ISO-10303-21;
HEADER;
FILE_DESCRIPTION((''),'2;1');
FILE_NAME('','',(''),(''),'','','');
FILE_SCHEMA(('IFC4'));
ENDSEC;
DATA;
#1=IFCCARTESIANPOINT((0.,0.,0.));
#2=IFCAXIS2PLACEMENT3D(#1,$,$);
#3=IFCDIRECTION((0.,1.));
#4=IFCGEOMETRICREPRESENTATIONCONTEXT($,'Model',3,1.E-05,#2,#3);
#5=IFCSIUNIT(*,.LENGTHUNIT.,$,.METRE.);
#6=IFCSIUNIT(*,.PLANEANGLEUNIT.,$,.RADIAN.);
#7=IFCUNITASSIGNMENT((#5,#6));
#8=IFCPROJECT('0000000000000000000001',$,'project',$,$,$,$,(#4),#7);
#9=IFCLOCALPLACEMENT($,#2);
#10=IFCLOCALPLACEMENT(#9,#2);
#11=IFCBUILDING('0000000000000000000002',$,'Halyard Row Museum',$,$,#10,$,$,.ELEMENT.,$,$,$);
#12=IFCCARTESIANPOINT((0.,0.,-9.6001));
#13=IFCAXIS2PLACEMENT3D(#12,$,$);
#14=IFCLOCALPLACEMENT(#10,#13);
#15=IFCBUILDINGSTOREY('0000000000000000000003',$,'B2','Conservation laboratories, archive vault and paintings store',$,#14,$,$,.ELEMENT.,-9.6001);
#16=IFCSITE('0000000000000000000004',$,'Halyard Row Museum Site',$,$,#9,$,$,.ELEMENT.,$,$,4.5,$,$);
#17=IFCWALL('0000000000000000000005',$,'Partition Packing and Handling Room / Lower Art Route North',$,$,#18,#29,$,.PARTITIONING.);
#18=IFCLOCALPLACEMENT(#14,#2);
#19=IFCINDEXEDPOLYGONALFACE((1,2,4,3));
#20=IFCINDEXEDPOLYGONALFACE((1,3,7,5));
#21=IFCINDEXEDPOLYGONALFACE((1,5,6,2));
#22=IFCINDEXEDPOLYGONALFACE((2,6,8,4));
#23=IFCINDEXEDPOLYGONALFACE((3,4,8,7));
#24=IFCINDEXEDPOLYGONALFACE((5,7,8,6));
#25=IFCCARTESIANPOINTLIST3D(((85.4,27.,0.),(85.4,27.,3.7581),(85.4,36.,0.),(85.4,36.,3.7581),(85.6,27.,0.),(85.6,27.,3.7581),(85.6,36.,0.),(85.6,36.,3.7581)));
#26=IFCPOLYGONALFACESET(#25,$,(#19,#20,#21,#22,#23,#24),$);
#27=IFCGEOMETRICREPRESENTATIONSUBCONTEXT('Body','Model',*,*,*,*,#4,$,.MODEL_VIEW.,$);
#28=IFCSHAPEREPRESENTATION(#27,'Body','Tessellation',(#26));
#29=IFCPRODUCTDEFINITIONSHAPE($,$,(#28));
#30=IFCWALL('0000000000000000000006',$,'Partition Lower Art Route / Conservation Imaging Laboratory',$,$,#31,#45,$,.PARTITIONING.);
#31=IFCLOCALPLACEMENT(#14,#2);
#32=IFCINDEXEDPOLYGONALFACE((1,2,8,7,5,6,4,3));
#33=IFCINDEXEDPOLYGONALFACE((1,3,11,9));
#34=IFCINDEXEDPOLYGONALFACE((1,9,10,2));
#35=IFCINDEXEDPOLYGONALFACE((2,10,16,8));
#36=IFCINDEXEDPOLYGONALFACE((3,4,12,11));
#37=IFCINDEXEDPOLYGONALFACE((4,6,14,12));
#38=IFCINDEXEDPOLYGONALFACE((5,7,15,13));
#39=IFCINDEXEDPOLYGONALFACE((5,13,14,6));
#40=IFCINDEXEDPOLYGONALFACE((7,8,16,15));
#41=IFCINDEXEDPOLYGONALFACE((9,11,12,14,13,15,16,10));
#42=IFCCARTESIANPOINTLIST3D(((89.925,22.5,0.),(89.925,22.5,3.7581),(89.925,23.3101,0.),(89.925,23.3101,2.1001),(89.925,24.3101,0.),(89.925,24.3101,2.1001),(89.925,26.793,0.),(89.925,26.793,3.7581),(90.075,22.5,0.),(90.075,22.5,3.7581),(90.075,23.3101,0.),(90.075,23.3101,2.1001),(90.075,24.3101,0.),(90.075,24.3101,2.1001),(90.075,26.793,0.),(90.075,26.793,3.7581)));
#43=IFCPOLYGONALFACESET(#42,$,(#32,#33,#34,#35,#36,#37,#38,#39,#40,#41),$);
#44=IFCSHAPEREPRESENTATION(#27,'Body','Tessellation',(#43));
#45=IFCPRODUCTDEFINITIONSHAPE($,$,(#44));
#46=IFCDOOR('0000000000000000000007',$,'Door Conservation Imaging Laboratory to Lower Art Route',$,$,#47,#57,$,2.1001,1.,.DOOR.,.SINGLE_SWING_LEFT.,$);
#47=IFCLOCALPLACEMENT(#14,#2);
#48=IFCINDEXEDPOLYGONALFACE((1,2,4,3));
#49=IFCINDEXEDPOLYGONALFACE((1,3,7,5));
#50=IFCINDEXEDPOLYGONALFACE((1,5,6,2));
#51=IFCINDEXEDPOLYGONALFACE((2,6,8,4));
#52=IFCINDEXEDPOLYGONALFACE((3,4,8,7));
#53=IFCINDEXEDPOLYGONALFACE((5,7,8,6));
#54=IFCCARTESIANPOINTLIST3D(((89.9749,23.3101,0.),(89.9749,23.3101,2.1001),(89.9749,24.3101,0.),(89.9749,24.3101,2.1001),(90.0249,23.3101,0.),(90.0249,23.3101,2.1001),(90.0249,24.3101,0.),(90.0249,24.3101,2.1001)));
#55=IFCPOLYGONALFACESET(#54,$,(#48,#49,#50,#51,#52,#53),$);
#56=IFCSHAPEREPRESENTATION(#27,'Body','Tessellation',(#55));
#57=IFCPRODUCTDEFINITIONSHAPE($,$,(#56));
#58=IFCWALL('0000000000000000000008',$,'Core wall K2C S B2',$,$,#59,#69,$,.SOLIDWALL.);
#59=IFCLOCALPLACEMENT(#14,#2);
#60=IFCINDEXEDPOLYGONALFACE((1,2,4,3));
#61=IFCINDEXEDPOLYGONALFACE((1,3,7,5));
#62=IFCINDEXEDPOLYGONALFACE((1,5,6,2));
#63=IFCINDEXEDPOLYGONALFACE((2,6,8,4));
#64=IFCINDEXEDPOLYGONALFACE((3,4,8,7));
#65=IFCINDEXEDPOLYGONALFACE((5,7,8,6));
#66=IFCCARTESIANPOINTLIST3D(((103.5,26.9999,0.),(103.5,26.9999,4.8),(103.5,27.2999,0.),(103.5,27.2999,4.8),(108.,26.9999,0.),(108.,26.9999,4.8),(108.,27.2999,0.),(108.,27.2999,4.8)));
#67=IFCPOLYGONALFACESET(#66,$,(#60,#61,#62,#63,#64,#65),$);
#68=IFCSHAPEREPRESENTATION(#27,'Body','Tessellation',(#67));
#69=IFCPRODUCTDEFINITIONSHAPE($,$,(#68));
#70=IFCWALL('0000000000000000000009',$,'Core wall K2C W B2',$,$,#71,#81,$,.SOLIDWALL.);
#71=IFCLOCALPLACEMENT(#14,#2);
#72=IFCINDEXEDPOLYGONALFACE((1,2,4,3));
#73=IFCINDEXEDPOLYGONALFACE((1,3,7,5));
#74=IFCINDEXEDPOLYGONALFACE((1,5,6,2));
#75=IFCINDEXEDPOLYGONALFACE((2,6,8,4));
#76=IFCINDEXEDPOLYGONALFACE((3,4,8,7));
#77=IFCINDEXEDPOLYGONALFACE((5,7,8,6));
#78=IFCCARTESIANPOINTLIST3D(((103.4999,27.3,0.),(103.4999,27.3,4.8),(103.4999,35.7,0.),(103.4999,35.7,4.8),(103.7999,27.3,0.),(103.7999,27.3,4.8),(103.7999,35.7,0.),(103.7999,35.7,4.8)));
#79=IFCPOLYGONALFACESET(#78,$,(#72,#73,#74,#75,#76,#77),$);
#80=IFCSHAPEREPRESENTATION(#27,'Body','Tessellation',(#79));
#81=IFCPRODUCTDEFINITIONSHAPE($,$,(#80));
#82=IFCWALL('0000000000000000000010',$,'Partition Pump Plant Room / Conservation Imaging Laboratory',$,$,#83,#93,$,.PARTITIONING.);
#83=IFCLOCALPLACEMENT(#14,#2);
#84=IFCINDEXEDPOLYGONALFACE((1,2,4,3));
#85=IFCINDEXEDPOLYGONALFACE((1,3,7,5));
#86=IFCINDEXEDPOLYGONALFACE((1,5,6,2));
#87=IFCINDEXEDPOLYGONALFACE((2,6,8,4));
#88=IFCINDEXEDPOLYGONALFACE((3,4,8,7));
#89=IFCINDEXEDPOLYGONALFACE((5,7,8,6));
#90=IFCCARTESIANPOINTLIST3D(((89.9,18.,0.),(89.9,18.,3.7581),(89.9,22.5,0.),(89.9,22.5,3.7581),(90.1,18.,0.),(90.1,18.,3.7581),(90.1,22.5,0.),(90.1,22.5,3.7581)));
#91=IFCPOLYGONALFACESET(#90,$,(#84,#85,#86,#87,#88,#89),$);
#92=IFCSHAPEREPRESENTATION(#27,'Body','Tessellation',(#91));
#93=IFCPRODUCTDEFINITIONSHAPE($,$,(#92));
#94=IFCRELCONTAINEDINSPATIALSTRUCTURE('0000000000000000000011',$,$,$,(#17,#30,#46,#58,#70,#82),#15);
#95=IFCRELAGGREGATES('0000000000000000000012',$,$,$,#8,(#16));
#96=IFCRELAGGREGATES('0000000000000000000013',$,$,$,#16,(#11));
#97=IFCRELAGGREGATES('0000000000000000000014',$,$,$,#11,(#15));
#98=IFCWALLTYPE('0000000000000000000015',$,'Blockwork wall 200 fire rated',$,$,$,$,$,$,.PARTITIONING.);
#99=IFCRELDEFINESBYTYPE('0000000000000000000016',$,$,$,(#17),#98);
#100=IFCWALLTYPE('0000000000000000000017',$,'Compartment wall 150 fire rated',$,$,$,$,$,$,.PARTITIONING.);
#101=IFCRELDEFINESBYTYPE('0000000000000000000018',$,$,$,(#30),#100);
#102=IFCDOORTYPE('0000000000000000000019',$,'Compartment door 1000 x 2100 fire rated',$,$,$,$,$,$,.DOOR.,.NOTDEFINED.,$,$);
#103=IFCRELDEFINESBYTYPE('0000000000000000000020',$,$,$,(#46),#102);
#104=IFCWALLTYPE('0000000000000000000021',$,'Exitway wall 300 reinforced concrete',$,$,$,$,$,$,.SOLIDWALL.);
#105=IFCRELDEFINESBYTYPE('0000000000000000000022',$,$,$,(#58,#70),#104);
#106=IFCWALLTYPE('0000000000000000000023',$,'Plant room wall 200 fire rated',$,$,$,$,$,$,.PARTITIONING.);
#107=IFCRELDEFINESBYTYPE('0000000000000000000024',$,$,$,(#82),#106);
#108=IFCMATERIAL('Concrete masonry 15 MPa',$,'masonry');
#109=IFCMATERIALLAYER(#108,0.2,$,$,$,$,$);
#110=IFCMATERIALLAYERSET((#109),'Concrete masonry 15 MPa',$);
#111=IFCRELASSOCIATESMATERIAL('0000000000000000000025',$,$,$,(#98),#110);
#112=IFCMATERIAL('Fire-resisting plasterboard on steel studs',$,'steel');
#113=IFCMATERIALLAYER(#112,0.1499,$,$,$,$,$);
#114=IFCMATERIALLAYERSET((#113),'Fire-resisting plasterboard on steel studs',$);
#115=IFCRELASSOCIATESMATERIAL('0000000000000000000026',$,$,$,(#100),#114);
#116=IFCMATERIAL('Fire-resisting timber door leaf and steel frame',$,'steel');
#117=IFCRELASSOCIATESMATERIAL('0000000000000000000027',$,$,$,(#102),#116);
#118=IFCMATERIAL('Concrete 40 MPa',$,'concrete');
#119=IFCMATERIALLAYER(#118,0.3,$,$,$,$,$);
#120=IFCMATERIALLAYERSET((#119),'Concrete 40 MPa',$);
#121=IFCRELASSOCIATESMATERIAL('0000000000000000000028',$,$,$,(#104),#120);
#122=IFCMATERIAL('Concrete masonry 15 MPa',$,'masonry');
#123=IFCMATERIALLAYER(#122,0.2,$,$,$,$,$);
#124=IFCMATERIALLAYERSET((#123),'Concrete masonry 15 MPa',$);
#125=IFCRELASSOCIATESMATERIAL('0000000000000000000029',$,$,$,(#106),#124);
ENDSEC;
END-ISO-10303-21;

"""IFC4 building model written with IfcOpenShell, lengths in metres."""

from ifc_helpers import new_model, si_unit, direction, frame, frame_2d, origin, place, context, subcontext, project, spatial, rectangle, extrude, material, layer, layer_set, type_object, element, fill, save


model = new_model("IFC4")

# Units and contexts
model_context = context("Model", 3, precision=1e-05, world=origin(), true_north=direction((0.0, 1.0)))
body_context = subcontext(model_context, "Body", "Model", "MODEL_VIEW")
ifc_project = project(units=[si_unit("LENGTHUNIT", "METRE"), si_unit("PLANEANGLEUNIT", "RADIAN")], contexts=[model_context])

# Site, building, storey
site_placement = place(None, origin())
site = spatial("IfcSite", under=ifc_project, at=site_placement, Name="Halyard Row Museum Site", CompositionType="ELEMENT", RefElevation=4.5)
building_placement = place(site_placement, origin())
building = spatial("IfcBuilding", under=site, at=building_placement, Name="Halyard Row Museum", CompositionType="ELEMENT")
storey_placement = place(building_placement, frame((0.0, 0.0, -9.6001)))
storey = spatial("IfcBuildingStorey", under=building, at=storey_placement, Name="B2", Description="Conservation laboratories, archive vault and paintings store", CompositionType="ELEMENT", Elevation=-9.6001)

# Wall
ifc_material_1 = material(Name="Concrete masonry 15 MPa", Category="masonry")
ifc_layer_1 = layer(ifc_material_1, 0.2)
ifc_layer_set_1 = layer_set([ifc_layer_1], Name="Concrete masonry 15 MPa")
wall_type_1 = type_object("IfcWallType", Name="Blockwork wall 200 fire rated", PredefinedType="PARTITIONING", material=ifc_layer_set_1)
wall_1_placement = place(storey_placement, frame((85.5, 27.0, 0.0), z_axis=(0.0, 0.0, 1.0), x_axis=(0.0, 1.0, 0.0)))
element("IfcWall", 1, at=wall_1_placement, inside=storey, type_object=wall_type_1, Name="Partition Packing and Handling Room / Lower Art Route North", PredefinedType="PARTITIONING", context=body_context, shape_type="SweptSolid", body=[
    extrude(rectangle(XDim=9.0, YDim=0.2, at=frame_2d((4.5, 0.0))), origin(), (0.0, 0.0, 1.0), 3.7581),
])

# Wall, opening, door
ifc_material_2 = material(Name="Fire-resisting plasterboard on steel studs", Category="steel")
ifc_layer_2 = layer(ifc_material_2, 0.1499)
ifc_layer_set_2 = layer_set([ifc_layer_2], Name="Fire-resisting plasterboard on steel studs")
wall_type_2 = type_object("IfcWallType", Name="Compartment wall 150 fire rated", PredefinedType="PARTITIONING", material=ifc_layer_set_2)
wall_2_placement = place(storey_placement, frame((90.0, 22.5, 0.0), z_axis=(0.0, 0.0, 1.0), x_axis=(0.0, 1.0, 0.0)))
wall_2 = element("IfcWall", 2, at=wall_2_placement, inside=storey, type_object=wall_type_2, Name="Partition Lower Art Route / Conservation Imaging Laboratory", PredefinedType="PARTITIONING", context=body_context, shape_type="SweptSolid", body=[
    extrude(rectangle(XDim=4.293, YDim=0.1499, at=frame_2d((2.1465, 0.0))), origin(), (0.0, 0.0, 1.0), 3.7581),
])
opening_placement = place(wall_2_placement, frame((0.8101, 0.0, 0.0)))
opening = element("IfcOpeningElement", 3, at=opening_placement, cuts=wall_2, PredefinedType="OPENING", context=body_context, shape_type="SweptSolid", body=[
    extrude(rectangle(XDim=1.0, YDim=2.1001, at=frame_2d((0.5, 1.05))), frame((0.0, 0.085, 0.0), z_axis=(0.0, -1.0, 0.0), x_axis=(1.0, 0.0, 0.0)), (0.0, 0.0, 1.0), 0.1699),
])
ifc_material_3 = material(Name="Fire-resisting timber door leaf and steel frame", Category="steel")
door_type = type_object("IfcDoorType", Name="Compartment door 1000 x 2100 fire rated", OperationType="NOTDEFINED", PredefinedType="DOOR", material=ifc_material_3)
door_placement = place(opening_placement, frame((1.0, 0.0, 0.0), z_axis=(0.0, 0.0, 1.0), x_axis=(-1.0, 0.0, 0.0)))
door = element("IfcDoor", 4, at=door_placement, inside=storey, type_object=door_type, Name="Door Conservation Imaging Laboratory to Lower Art Route", OperationType="SINGLE_SWING_LEFT", OverallHeight=2.1001, OverallWidth=1.0, PredefinedType="DOOR", context=body_context, shape_type="SweptSolid", body=[
    extrude(rectangle(XDim=1.0, YDim=2.1001, at=frame_2d((0.5, 1.05))), frame((0.0, 0.0249, 0.0), z_axis=(0.0, -1.0, 0.0), x_axis=(1.0, 0.0, 0.0)), (0.0, 0.0, 1.0), 0.05),
])
fill(opening, door)

# Walls
ifc_material_4 = material(Name="Concrete 40 MPa", Category="concrete")
ifc_layer_3 = layer(ifc_material_4, 0.3)
ifc_layer_set_3 = layer_set([ifc_layer_3], Name="Concrete 40 MPa")
wall_type_3 = type_object("IfcWallType", Name="Exitway wall 300 reinforced concrete", PredefinedType="SOLIDWALL", material=ifc_layer_set_3)
wall_3_placement = place(storey_placement, frame((103.5, 27.1499, 0.0), z_axis=(0.0, 0.0, 1.0), x_axis=(1.0, 0.0, 0.0)))
element("IfcWall", 5, at=wall_3_placement, inside=storey, type_object=wall_type_3, Name="Core wall K2C S B2", PredefinedType="SOLIDWALL", context=body_context, shape_type="SweptSolid", body=[
    extrude(rectangle(XDim=4.5, YDim=0.3, at=frame_2d((2.25, 0.0))), origin(), (0.0, 0.0, 1.0), 4.8),
])
wall_4_placement = place(storey_placement, frame((103.6499, 27.3, 0.0), z_axis=(0.0, 0.0, 1.0), x_axis=(0.0, 1.0, 0.0)))
element("IfcWall", 6, at=wall_4_placement, inside=storey, type_object=wall_type_3, Name="Core wall K2C W B2", PredefinedType="SOLIDWALL", context=body_context, shape_type="SweptSolid", body=[
    extrude(rectangle(XDim=8.3999, YDim=0.3, at=frame_2d((4.2, 0.0))), origin(), (0.0, 0.0, 1.0), 4.8),
])
ifc_material_5 = material(Name="Concrete masonry 15 MPa", Category="masonry")
ifc_layer_4 = layer(ifc_material_5, 0.2)
ifc_layer_set_4 = layer_set([ifc_layer_4], Name="Concrete masonry 15 MPa")
wall_type_4 = type_object("IfcWallType", Name="Plant room wall 200 fire rated", PredefinedType="PARTITIONING", material=ifc_layer_set_4)
wall_5_placement = place(storey_placement, frame((90.0, 18.0, 0.0), z_axis=(0.0, 0.0, 1.0), x_axis=(0.0, 1.0, 0.0)))
element("IfcWall", 7, at=wall_5_placement, inside=storey, type_object=wall_type_4, Name="Partition Pump Plant Room / Conservation Imaging Laboratory", PredefinedType="PARTITIONING", context=body_context, shape_type="SweptSolid", body=[
    extrude(rectangle(XDim=4.5, YDim=0.2, at=frame_2d((2.25, 0.0))), origin(), (0.0, 0.0, 1.0), 3.7581),
])

save(model, "model.ifc")
